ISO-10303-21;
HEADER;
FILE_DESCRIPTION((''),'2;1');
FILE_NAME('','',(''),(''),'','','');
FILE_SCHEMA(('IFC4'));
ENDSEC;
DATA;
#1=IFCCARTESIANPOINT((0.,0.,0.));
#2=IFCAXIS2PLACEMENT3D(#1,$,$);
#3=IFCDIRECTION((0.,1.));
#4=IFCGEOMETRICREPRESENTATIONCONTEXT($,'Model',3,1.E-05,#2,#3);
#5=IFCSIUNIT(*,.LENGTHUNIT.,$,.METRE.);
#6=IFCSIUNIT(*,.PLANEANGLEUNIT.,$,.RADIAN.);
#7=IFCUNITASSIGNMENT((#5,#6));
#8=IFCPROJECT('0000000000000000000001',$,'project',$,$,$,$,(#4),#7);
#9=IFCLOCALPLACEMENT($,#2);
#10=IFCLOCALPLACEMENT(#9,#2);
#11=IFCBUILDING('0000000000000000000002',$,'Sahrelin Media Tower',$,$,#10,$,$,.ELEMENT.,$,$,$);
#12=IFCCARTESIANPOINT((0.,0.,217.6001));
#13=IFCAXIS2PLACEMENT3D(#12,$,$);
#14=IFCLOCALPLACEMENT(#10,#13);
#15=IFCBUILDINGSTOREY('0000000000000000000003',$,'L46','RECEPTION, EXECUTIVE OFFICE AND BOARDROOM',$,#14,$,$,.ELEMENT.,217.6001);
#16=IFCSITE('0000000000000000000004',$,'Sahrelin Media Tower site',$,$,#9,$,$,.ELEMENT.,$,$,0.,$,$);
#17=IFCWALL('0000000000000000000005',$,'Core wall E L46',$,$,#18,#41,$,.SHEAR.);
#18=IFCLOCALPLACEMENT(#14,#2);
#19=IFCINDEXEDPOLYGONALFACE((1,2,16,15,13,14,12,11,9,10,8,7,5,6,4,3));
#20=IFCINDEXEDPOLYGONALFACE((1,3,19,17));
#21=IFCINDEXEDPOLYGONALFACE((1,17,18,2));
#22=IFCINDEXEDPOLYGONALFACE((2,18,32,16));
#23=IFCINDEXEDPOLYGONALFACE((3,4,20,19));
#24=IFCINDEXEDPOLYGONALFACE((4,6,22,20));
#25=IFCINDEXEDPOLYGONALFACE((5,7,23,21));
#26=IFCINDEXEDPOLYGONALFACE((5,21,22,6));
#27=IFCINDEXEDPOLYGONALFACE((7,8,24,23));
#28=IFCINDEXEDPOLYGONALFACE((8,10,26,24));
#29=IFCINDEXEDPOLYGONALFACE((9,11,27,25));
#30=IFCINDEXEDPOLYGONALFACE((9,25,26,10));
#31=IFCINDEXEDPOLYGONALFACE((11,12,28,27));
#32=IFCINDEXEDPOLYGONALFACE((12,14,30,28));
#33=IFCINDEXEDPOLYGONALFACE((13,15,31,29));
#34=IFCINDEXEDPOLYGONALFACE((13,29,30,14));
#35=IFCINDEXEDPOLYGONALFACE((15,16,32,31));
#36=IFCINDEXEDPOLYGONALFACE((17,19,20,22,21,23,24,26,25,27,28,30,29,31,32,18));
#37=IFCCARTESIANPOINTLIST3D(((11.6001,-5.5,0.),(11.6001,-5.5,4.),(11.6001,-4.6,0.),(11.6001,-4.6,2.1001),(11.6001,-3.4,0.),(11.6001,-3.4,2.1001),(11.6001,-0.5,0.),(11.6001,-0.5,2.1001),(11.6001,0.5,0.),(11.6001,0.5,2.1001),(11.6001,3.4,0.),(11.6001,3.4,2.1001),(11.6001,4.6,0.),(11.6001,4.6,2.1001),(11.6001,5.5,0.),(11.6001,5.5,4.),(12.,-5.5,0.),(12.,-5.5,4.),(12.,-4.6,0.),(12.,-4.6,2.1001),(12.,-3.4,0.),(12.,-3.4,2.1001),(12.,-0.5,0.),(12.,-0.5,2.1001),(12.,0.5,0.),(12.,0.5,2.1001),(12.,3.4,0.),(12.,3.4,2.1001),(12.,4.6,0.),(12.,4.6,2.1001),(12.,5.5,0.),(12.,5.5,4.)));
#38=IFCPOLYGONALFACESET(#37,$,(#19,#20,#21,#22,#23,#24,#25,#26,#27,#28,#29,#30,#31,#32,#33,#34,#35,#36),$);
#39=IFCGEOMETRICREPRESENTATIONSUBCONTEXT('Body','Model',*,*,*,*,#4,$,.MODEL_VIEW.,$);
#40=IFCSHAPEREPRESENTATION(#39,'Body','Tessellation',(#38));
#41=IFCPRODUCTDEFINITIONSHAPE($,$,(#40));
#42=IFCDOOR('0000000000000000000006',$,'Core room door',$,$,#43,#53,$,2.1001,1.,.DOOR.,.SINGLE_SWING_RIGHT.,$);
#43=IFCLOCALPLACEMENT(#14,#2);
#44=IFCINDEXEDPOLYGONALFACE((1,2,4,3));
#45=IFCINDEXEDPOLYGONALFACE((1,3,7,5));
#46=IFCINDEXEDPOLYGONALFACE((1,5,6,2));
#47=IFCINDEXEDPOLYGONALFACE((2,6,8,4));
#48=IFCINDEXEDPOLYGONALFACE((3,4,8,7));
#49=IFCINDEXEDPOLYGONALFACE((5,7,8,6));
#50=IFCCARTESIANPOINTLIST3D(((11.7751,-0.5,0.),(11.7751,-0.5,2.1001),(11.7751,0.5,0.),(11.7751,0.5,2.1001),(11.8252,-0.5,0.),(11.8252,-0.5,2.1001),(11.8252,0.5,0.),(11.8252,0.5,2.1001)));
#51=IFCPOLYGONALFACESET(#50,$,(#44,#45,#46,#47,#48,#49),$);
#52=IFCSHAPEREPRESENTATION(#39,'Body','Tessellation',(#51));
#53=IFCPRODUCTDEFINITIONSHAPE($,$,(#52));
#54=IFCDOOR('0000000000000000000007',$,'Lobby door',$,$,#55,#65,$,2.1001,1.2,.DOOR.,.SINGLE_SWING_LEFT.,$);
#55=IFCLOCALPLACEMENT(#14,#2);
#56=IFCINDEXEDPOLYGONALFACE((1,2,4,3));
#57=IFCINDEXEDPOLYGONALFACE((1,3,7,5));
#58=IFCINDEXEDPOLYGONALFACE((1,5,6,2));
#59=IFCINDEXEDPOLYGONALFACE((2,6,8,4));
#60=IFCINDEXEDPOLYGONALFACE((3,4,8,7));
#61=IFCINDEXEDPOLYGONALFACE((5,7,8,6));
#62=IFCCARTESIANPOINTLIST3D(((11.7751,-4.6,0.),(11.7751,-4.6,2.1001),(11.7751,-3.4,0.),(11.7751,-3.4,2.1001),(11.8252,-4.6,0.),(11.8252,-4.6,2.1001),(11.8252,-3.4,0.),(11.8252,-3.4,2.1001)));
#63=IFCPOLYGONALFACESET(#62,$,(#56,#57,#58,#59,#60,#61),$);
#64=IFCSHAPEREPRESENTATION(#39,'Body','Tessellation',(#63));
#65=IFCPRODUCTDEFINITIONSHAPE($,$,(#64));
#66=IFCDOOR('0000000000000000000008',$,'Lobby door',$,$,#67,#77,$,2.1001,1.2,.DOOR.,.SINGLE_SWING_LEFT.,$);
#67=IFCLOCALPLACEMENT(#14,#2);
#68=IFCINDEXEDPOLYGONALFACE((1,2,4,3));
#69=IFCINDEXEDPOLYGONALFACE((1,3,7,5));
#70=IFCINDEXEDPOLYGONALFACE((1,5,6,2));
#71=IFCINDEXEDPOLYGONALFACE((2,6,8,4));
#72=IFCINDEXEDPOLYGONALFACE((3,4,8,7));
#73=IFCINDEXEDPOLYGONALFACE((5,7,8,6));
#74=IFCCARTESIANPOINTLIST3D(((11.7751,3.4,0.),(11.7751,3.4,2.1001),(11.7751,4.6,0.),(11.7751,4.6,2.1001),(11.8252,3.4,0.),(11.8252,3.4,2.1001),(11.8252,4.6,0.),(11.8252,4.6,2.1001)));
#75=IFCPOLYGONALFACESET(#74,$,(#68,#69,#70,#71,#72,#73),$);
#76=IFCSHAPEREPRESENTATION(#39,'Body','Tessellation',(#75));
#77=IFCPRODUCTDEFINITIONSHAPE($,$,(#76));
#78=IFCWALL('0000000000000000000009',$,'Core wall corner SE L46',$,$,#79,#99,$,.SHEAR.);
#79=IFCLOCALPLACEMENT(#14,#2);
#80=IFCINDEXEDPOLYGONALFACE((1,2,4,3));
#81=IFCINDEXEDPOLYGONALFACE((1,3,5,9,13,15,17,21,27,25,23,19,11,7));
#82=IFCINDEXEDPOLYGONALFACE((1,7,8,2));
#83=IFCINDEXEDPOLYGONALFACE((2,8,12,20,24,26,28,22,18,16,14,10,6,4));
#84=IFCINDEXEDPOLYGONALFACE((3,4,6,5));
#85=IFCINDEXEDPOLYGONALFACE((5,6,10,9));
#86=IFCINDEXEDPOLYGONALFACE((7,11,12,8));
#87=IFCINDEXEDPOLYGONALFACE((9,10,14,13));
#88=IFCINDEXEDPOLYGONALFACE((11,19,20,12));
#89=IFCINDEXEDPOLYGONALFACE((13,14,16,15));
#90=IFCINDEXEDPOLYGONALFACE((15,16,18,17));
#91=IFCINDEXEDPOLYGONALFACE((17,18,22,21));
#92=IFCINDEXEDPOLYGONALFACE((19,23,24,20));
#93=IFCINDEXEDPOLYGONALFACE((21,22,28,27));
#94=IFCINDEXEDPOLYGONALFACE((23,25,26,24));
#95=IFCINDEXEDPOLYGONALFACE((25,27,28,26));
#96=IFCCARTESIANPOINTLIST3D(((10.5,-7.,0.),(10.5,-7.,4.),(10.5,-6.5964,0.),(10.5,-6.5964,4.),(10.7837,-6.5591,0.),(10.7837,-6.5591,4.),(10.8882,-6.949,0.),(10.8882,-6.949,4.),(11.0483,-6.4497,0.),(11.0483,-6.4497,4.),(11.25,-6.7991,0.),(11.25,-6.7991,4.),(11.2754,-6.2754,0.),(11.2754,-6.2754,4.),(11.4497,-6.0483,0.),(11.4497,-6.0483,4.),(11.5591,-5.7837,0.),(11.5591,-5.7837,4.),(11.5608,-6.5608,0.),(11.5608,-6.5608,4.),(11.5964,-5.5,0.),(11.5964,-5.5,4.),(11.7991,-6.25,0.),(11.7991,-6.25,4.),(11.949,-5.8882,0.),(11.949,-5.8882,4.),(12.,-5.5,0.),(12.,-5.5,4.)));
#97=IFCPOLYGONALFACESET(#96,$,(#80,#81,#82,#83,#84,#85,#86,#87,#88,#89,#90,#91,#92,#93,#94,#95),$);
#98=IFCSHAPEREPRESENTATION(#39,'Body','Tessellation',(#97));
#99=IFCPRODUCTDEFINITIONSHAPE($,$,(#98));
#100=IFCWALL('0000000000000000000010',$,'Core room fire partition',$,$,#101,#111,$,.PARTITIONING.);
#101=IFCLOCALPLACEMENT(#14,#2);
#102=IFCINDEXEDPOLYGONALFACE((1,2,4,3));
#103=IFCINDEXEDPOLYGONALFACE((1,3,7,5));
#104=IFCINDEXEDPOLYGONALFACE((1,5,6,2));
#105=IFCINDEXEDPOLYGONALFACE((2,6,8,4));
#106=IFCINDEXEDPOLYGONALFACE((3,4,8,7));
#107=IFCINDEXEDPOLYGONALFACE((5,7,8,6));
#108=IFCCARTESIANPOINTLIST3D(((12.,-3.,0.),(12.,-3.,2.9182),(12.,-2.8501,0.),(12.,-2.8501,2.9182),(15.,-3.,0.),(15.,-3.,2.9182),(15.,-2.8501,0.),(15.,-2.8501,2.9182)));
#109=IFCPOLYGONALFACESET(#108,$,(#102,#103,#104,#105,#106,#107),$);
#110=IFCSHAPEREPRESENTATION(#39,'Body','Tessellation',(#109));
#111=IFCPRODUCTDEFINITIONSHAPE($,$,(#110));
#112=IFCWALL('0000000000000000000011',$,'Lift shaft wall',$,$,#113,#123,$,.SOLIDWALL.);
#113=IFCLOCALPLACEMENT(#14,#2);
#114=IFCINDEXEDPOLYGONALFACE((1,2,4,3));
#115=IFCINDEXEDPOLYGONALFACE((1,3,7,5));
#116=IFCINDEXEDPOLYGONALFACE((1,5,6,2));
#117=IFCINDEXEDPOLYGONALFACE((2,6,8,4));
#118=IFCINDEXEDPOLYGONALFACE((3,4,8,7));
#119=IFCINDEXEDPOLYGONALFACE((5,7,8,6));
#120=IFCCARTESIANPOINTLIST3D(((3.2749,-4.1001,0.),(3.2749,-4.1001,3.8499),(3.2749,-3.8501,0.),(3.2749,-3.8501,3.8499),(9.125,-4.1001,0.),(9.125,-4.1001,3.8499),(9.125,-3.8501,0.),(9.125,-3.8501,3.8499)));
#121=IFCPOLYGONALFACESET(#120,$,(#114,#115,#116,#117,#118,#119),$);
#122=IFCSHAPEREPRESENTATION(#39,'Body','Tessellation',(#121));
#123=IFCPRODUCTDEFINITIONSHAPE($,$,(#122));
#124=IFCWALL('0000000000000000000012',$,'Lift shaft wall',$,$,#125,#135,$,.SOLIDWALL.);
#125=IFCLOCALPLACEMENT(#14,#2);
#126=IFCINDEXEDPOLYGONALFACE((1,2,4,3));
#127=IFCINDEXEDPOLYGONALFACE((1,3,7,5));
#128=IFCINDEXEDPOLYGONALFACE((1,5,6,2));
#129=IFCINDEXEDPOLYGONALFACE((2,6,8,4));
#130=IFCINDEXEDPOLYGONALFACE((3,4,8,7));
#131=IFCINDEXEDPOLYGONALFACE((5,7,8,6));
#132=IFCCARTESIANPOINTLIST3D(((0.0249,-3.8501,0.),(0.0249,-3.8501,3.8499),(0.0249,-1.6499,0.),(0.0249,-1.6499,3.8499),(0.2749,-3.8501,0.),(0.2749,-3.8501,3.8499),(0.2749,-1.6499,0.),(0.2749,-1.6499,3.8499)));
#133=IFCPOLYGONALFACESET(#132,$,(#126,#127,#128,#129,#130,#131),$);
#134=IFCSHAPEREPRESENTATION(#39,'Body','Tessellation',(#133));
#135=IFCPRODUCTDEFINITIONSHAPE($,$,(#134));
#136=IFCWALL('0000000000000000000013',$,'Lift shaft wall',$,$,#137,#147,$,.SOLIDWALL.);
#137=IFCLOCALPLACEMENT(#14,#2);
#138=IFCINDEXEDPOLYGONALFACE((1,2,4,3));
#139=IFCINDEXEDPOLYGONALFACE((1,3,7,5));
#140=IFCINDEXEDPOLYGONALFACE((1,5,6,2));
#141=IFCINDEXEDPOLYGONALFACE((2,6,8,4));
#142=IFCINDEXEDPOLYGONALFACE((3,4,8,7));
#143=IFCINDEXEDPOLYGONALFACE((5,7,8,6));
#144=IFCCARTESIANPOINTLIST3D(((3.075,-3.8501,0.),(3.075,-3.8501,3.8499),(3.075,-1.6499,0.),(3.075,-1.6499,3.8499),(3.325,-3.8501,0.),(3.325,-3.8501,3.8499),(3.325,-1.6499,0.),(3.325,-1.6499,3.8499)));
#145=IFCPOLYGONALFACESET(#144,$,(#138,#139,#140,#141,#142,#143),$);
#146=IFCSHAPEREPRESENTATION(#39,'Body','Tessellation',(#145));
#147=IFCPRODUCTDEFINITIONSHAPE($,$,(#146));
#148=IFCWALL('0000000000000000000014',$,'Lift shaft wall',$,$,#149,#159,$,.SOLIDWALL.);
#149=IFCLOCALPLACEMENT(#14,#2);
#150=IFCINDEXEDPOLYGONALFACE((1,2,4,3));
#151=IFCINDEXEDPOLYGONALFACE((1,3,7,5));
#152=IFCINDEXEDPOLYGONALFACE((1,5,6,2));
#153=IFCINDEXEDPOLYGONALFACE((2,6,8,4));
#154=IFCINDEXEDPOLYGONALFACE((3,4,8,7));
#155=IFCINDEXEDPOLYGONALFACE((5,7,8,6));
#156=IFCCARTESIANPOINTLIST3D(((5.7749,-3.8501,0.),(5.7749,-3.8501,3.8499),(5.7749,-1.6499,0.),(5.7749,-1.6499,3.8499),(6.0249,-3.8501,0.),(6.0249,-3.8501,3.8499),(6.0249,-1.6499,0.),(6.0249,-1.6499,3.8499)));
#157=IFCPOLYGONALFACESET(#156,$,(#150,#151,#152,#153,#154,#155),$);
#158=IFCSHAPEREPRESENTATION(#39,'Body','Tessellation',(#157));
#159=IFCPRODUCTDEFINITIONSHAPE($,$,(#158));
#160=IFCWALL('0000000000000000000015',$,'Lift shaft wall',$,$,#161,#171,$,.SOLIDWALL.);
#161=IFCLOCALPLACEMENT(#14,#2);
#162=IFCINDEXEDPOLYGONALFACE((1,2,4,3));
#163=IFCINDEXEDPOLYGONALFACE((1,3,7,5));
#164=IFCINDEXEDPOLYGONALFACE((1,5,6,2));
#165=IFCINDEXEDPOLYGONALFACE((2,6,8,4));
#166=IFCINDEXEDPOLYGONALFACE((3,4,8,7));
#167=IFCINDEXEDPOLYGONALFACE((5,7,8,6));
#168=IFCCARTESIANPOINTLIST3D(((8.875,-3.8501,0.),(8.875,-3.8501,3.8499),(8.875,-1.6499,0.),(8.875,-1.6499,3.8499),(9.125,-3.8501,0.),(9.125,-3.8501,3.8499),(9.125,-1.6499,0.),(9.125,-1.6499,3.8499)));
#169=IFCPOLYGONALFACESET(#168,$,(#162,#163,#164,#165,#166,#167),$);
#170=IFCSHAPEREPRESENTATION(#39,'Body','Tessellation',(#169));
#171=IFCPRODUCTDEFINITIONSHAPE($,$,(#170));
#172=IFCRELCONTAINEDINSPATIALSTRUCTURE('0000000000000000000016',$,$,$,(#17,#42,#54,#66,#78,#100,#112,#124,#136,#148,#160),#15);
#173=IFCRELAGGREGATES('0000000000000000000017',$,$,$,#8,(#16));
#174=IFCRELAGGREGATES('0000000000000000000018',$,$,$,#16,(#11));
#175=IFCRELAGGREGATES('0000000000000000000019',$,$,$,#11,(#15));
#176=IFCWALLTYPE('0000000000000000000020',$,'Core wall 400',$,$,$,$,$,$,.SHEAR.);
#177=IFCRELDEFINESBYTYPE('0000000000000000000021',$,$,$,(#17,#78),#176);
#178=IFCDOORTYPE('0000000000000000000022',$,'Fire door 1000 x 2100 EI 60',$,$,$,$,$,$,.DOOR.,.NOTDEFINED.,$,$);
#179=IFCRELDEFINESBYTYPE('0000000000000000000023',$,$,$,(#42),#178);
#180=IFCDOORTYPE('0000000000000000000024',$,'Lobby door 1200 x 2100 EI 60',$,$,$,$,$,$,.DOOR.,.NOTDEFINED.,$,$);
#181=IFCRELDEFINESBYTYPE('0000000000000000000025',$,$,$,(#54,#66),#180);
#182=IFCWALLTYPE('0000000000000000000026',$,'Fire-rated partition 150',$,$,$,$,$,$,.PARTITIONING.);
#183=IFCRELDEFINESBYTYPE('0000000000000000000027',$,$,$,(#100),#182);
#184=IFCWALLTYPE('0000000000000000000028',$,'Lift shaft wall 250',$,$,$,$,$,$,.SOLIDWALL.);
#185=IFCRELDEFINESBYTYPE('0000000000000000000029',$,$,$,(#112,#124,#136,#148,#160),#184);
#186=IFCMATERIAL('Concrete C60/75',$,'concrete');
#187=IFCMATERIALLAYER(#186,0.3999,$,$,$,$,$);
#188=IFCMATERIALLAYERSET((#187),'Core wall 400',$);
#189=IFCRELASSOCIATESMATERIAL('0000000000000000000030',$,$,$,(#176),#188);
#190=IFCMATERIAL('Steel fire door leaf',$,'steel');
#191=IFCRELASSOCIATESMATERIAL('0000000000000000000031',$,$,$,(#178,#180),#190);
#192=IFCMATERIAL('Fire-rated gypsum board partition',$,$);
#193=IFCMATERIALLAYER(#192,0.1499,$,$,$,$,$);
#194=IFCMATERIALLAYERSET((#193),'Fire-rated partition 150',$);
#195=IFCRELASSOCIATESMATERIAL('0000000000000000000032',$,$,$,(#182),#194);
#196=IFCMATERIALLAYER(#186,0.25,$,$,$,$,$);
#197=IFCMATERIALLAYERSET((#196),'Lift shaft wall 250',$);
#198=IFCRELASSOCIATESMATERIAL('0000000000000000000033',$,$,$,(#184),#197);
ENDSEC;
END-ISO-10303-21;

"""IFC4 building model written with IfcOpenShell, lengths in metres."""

from ifc_helpers import new_model, si_unit, direction, frame, frame_2d, origin, place, context, subcontext, project, spatial, polyline, rectangle, outline, extrude, material, layer, layer_set, type_object, element, fill, save


model = new_model("IFC4")

# Units and contexts
model_context = context("Model", 3, precision=1e-05, world=origin(), true_north=direction((0.0, 1.0)))
body_context = subcontext(model_context, "Body", "Model", "MODEL_VIEW")
ifc_project = project(units=[si_unit("LENGTHUNIT", "METRE"), si_unit("PLANEANGLEUNIT", "RADIAN")], contexts=[model_context])

# Site, building, storey
site_placement = place(None, origin())
site = spatial("IfcSite", under=ifc_project, at=site_placement, Name="Sahrelin Media Tower site", CompositionType="ELEMENT", RefElevation=0.0)
building_placement = place(site_placement, origin())
building = spatial("IfcBuilding", under=site, at=building_placement, Name="Sahrelin Media Tower", CompositionType="ELEMENT")
storey_placement = place(building_placement, frame((0.0, 0.0, 217.6001)))
storey = spatial("IfcBuildingStorey", under=building, at=storey_placement, Name="L46", Description="RECEPTION, EXECUTIVE OFFICE AND BOARDROOM", CompositionType="ELEMENT", Elevation=217.6001)

# Shared definitions
placement_1 = place(storey_placement, origin())

# Wall, openings, doors
ifc_material_1 = material(Name="Concrete C60/75", Category="concrete")
ifc_layer_1 = layer(ifc_material_1, 0.3999)
ifc_layer_set_1 = layer_set([ifc_layer_1], Name="Core wall 400")
wall_type_1 = type_object("IfcWallType", Name="Core wall 400", PredefinedType="SHEAR", material=ifc_layer_set_1)
wall_1_placement = place(storey_placement, frame((11.8, -5.5, 0.0), z_axis=(0.0, 0.0, 1.0), x_axis=(0.0, 1.0, 0.0)))
wall_1 = element("IfcWall", 1, at=wall_1_placement, inside=storey, type_object=wall_type_1, Name="Core wall E L46", PredefinedType="SHEAR", context=body_context, shape_type="SweptSolid", body=[
    extrude(rectangle(XDim=11.0, YDim=0.3999, at=frame_2d((5.5, 0.0))), origin(), (0.0, 0.0, 1.0), 4.0),
])
opening_1_placement = place(wall_1_placement, frame((5.0, 0.0, 0.0)))
opening_1 = element("IfcOpeningElement", 2, at=opening_1_placement, cuts=wall_1, PredefinedType="OPENING", context=body_context, shape_type="SweptSolid", body=[
    extrude(rectangle(XDim=1.0, YDim=2.1001, at=frame_2d((0.5, 1.05))), frame((0.0, 0.2, 0.0), z_axis=(0.0, -1.0, 0.0), x_axis=(1.0, 0.0, 0.0)), (0.0, 0.0, 1.0), 0.3999),
])
opening_2_placement = place(wall_1_placement, frame((0.8999, 0.0, 0.0)))
opening_2 = element("IfcOpeningElement", 3, at=opening_2_placement, cuts=wall_1, PredefinedType="OPENING", context=body_context, shape_type="SweptSolid", body=[
    extrude(rectangle(XDim=1.2, YDim=2.1001, at=frame_2d((0.6001, 1.05))), frame((0.0, 0.2, 0.0), z_axis=(0.0, -1.0, 0.0), x_axis=(1.0, 0.0, 0.0)), (0.0, 0.0, 1.0), 0.3999),
])
opening_3_placement = place(wall_1_placement, frame((8.8999, 0.0, 0.0)))
opening_3 = element("IfcOpeningElement", 4, at=opening_3_placement, cuts=wall_1, PredefinedType="OPENING", context=body_context, shape_type="SweptSolid", body=[
    extrude(rectangle(XDim=1.2, YDim=2.1001, at=frame_2d((0.6001, 1.05))), frame((0.0, 0.2, 0.0), z_axis=(0.0, -1.0, 0.0), x_axis=(1.0, 0.0, 0.0)), (0.0, 0.0, 1.0), 0.3999),
])
ifc_material_2 = material(Name="Steel fire door leaf", Category="steel")
door_type_1 = type_object("IfcDoorType", Name="Fire door 1000 x 2100 EI 60", OperationType="NOTDEFINED", PredefinedType="DOOR", material=ifc_material_2)
door_1_placement = place(opening_1_placement, origin())
door_1 = element("IfcDoor", 5, at=door_1_placement, inside=storey, type_object=door_type_1, Name="Core room door", OperationType="SINGLE_SWING_RIGHT", OverallHeight=2.1001, OverallWidth=1.0, PredefinedType="DOOR", context=body_context, shape_type="SweptSolid", body=[
    extrude(rectangle(XDim=1.0, YDim=2.1001, at=frame_2d((0.5, 1.05))), frame((0.0, 0.0249, 0.0), z_axis=(0.0, -1.0, 0.0), x_axis=(1.0, 0.0, 0.0)), (0.0, 0.0, 1.0), 0.05),
])
fill(opening_1, door_1)
door_type_2 = type_object("IfcDoorType", Name="Lobby door 1200 x 2100 EI 60", OperationType="NOTDEFINED", PredefinedType="DOOR", material=ifc_material_2)
door_2_placement = place(opening_2_placement, origin())
door_2 = element("IfcDoor", 6, at=door_2_placement, inside=storey, type_object=door_type_2, Name="Lobby door", OperationType="SINGLE_SWING_LEFT", OverallHeight=2.1001, OverallWidth=1.2, PredefinedType="DOOR", context=body_context, shape_type="SweptSolid", body=[
    extrude(rectangle(XDim=1.2, YDim=2.1001, at=frame_2d((0.6001, 1.05))), frame((0.0, 0.0249, 0.0), z_axis=(0.0, -1.0, 0.0), x_axis=(1.0, 0.0, 0.0)), (0.0, 0.0, 1.0), 0.05),
])
fill(opening_2, door_2)
door_3_placement = place(opening_3_placement, origin())
door_3 = element("IfcDoor", 7, at=door_3_placement, inside=storey, type_object=door_type_2, Name="Lobby door", OperationType="SINGLE_SWING_LEFT", OverallHeight=2.1001, OverallWidth=1.2, PredefinedType="DOOR", context=body_context, shape_type="SweptSolid", body=[
    extrude(rectangle(XDim=1.2, YDim=2.1001, at=frame_2d((0.6001, 1.05))), frame((0.0, 0.0249, 0.0), z_axis=(0.0, -1.0, 0.0), x_axis=(1.0, 0.0, 0.0)), (0.0, 0.0, 1.0), 0.05),
])
fill(opening_3, door_3)

# Walls
element("IfcWall", 8, at=placement_1, inside=storey, type_object=wall_type_1, Name="Core wall corner SE L46", PredefinedType="SHEAR", context=body_context, shape_type="SweptSolid", body=[
    extrude(outline(polyline([(12.0, -5.5), (11.5964, -5.5), (11.5591, -5.7837), (11.4497, -6.0483), (11.2754, -6.2754), (11.0483, -6.4497), (10.7837, -6.5591), (10.5, -6.5964), (10.5, -7.0), (10.8882, -6.949), (11.25, -6.7991), (11.5608, -6.5608), (11.7991, -6.25), (11.949, -5.8882), (12.0, -5.5)])), origin(), (0.0, 0.0, 1.0), 4.0),
])
ifc_material_3 = material(Name="Fire-rated gypsum board partition")
ifc_layer_2 = layer(ifc_material_3, 0.1499)
ifc_layer_set_2 = layer_set([ifc_layer_2], Name="Fire-rated partition 150")
wall_type_2 = type_object("IfcWallType", Name="Fire-rated partition 150", PredefinedType="PARTITIONING", material=ifc_layer_set_2)
wall_2_placement = place(storey_placement, frame((12.0, -2.925, 0.0), z_axis=(0.0, 0.0, 1.0), x_axis=(1.0, 0.0, 0.0)))
element("IfcWall", 9, at=wall_2_placement, inside=storey, type_object=wall_type_2, Name="Core room fire partition", PredefinedType="PARTITIONING", context=body_context, shape_type="SweptSolid", body=[
    extrude(rectangle(XDim=3.0, YDim=0.1499, at=frame_2d((1.5, 0.0))), origin(), (0.0, 0.0, 1.0), 2.9182),
])
ifc_layer_3 = layer(ifc_material_1, 0.25)
ifc_layer_set_3 = layer_set([ifc_layer_3], Name="Lift shaft wall 250")
wall_type_3 = type_object("IfcWallType", Name="Lift shaft wall 250", PredefinedType="SOLIDWALL", material=ifc_layer_set_3)
wall_3_placement = place(storey_placement, frame((3.2749, -3.9751, 0.0), z_axis=(0.0, 0.0, 1.0), x_axis=(1.0, 0.0, 0.0)))
element("IfcWall", 10, at=wall_3_placement, inside=storey, type_object=wall_type_3, Name="Lift shaft wall", PredefinedType="SOLIDWALL", context=body_context, shape_type="SweptSolid", body=[
    extrude(rectangle(XDim=5.8501, YDim=0.25, at=frame_2d((2.925, 0.0))), origin(), (0.0, 0.0, 1.0), 3.8499),
])
for number, where, z_axis, x_axis, name in (
    (11, (0.1499, -3.8501, 0.0), (0.0, 0.0, 1.0), (0.0, 1.0, 0.0), "Lift shaft wall"),
    (12, (3.2, -3.8501, 0.0), (0.0, 0.0, 1.0), (0.0, 1.0, 0.0), "Lift shaft wall"),
    (13, (5.8999, -3.8501, 0.0), (0.0, 0.0, 1.0), (0.0, 1.0, 0.0), "Lift shaft wall"),
    (14, (9.0, -3.8501, 0.0), (0.0, 0.0, 1.0), (0.0, 1.0, 0.0), "Lift shaft wall"),
):
    element("IfcWall", number, at=place(storey_placement, frame(where, z_axis=z_axis, x_axis=x_axis)), inside=storey, type_object=wall_type_3, Name=name, PredefinedType="SOLIDWALL", context=body_context, shape_type="SweptSolid", body=[
        extrude(rectangle(XDim=2.2002, YDim=0.25, at=frame_2d((1.1001, 0.0))), origin(), (0.0, 0.0, 1.0), 3.8499),
    ])

save(model, "model.ifc")
